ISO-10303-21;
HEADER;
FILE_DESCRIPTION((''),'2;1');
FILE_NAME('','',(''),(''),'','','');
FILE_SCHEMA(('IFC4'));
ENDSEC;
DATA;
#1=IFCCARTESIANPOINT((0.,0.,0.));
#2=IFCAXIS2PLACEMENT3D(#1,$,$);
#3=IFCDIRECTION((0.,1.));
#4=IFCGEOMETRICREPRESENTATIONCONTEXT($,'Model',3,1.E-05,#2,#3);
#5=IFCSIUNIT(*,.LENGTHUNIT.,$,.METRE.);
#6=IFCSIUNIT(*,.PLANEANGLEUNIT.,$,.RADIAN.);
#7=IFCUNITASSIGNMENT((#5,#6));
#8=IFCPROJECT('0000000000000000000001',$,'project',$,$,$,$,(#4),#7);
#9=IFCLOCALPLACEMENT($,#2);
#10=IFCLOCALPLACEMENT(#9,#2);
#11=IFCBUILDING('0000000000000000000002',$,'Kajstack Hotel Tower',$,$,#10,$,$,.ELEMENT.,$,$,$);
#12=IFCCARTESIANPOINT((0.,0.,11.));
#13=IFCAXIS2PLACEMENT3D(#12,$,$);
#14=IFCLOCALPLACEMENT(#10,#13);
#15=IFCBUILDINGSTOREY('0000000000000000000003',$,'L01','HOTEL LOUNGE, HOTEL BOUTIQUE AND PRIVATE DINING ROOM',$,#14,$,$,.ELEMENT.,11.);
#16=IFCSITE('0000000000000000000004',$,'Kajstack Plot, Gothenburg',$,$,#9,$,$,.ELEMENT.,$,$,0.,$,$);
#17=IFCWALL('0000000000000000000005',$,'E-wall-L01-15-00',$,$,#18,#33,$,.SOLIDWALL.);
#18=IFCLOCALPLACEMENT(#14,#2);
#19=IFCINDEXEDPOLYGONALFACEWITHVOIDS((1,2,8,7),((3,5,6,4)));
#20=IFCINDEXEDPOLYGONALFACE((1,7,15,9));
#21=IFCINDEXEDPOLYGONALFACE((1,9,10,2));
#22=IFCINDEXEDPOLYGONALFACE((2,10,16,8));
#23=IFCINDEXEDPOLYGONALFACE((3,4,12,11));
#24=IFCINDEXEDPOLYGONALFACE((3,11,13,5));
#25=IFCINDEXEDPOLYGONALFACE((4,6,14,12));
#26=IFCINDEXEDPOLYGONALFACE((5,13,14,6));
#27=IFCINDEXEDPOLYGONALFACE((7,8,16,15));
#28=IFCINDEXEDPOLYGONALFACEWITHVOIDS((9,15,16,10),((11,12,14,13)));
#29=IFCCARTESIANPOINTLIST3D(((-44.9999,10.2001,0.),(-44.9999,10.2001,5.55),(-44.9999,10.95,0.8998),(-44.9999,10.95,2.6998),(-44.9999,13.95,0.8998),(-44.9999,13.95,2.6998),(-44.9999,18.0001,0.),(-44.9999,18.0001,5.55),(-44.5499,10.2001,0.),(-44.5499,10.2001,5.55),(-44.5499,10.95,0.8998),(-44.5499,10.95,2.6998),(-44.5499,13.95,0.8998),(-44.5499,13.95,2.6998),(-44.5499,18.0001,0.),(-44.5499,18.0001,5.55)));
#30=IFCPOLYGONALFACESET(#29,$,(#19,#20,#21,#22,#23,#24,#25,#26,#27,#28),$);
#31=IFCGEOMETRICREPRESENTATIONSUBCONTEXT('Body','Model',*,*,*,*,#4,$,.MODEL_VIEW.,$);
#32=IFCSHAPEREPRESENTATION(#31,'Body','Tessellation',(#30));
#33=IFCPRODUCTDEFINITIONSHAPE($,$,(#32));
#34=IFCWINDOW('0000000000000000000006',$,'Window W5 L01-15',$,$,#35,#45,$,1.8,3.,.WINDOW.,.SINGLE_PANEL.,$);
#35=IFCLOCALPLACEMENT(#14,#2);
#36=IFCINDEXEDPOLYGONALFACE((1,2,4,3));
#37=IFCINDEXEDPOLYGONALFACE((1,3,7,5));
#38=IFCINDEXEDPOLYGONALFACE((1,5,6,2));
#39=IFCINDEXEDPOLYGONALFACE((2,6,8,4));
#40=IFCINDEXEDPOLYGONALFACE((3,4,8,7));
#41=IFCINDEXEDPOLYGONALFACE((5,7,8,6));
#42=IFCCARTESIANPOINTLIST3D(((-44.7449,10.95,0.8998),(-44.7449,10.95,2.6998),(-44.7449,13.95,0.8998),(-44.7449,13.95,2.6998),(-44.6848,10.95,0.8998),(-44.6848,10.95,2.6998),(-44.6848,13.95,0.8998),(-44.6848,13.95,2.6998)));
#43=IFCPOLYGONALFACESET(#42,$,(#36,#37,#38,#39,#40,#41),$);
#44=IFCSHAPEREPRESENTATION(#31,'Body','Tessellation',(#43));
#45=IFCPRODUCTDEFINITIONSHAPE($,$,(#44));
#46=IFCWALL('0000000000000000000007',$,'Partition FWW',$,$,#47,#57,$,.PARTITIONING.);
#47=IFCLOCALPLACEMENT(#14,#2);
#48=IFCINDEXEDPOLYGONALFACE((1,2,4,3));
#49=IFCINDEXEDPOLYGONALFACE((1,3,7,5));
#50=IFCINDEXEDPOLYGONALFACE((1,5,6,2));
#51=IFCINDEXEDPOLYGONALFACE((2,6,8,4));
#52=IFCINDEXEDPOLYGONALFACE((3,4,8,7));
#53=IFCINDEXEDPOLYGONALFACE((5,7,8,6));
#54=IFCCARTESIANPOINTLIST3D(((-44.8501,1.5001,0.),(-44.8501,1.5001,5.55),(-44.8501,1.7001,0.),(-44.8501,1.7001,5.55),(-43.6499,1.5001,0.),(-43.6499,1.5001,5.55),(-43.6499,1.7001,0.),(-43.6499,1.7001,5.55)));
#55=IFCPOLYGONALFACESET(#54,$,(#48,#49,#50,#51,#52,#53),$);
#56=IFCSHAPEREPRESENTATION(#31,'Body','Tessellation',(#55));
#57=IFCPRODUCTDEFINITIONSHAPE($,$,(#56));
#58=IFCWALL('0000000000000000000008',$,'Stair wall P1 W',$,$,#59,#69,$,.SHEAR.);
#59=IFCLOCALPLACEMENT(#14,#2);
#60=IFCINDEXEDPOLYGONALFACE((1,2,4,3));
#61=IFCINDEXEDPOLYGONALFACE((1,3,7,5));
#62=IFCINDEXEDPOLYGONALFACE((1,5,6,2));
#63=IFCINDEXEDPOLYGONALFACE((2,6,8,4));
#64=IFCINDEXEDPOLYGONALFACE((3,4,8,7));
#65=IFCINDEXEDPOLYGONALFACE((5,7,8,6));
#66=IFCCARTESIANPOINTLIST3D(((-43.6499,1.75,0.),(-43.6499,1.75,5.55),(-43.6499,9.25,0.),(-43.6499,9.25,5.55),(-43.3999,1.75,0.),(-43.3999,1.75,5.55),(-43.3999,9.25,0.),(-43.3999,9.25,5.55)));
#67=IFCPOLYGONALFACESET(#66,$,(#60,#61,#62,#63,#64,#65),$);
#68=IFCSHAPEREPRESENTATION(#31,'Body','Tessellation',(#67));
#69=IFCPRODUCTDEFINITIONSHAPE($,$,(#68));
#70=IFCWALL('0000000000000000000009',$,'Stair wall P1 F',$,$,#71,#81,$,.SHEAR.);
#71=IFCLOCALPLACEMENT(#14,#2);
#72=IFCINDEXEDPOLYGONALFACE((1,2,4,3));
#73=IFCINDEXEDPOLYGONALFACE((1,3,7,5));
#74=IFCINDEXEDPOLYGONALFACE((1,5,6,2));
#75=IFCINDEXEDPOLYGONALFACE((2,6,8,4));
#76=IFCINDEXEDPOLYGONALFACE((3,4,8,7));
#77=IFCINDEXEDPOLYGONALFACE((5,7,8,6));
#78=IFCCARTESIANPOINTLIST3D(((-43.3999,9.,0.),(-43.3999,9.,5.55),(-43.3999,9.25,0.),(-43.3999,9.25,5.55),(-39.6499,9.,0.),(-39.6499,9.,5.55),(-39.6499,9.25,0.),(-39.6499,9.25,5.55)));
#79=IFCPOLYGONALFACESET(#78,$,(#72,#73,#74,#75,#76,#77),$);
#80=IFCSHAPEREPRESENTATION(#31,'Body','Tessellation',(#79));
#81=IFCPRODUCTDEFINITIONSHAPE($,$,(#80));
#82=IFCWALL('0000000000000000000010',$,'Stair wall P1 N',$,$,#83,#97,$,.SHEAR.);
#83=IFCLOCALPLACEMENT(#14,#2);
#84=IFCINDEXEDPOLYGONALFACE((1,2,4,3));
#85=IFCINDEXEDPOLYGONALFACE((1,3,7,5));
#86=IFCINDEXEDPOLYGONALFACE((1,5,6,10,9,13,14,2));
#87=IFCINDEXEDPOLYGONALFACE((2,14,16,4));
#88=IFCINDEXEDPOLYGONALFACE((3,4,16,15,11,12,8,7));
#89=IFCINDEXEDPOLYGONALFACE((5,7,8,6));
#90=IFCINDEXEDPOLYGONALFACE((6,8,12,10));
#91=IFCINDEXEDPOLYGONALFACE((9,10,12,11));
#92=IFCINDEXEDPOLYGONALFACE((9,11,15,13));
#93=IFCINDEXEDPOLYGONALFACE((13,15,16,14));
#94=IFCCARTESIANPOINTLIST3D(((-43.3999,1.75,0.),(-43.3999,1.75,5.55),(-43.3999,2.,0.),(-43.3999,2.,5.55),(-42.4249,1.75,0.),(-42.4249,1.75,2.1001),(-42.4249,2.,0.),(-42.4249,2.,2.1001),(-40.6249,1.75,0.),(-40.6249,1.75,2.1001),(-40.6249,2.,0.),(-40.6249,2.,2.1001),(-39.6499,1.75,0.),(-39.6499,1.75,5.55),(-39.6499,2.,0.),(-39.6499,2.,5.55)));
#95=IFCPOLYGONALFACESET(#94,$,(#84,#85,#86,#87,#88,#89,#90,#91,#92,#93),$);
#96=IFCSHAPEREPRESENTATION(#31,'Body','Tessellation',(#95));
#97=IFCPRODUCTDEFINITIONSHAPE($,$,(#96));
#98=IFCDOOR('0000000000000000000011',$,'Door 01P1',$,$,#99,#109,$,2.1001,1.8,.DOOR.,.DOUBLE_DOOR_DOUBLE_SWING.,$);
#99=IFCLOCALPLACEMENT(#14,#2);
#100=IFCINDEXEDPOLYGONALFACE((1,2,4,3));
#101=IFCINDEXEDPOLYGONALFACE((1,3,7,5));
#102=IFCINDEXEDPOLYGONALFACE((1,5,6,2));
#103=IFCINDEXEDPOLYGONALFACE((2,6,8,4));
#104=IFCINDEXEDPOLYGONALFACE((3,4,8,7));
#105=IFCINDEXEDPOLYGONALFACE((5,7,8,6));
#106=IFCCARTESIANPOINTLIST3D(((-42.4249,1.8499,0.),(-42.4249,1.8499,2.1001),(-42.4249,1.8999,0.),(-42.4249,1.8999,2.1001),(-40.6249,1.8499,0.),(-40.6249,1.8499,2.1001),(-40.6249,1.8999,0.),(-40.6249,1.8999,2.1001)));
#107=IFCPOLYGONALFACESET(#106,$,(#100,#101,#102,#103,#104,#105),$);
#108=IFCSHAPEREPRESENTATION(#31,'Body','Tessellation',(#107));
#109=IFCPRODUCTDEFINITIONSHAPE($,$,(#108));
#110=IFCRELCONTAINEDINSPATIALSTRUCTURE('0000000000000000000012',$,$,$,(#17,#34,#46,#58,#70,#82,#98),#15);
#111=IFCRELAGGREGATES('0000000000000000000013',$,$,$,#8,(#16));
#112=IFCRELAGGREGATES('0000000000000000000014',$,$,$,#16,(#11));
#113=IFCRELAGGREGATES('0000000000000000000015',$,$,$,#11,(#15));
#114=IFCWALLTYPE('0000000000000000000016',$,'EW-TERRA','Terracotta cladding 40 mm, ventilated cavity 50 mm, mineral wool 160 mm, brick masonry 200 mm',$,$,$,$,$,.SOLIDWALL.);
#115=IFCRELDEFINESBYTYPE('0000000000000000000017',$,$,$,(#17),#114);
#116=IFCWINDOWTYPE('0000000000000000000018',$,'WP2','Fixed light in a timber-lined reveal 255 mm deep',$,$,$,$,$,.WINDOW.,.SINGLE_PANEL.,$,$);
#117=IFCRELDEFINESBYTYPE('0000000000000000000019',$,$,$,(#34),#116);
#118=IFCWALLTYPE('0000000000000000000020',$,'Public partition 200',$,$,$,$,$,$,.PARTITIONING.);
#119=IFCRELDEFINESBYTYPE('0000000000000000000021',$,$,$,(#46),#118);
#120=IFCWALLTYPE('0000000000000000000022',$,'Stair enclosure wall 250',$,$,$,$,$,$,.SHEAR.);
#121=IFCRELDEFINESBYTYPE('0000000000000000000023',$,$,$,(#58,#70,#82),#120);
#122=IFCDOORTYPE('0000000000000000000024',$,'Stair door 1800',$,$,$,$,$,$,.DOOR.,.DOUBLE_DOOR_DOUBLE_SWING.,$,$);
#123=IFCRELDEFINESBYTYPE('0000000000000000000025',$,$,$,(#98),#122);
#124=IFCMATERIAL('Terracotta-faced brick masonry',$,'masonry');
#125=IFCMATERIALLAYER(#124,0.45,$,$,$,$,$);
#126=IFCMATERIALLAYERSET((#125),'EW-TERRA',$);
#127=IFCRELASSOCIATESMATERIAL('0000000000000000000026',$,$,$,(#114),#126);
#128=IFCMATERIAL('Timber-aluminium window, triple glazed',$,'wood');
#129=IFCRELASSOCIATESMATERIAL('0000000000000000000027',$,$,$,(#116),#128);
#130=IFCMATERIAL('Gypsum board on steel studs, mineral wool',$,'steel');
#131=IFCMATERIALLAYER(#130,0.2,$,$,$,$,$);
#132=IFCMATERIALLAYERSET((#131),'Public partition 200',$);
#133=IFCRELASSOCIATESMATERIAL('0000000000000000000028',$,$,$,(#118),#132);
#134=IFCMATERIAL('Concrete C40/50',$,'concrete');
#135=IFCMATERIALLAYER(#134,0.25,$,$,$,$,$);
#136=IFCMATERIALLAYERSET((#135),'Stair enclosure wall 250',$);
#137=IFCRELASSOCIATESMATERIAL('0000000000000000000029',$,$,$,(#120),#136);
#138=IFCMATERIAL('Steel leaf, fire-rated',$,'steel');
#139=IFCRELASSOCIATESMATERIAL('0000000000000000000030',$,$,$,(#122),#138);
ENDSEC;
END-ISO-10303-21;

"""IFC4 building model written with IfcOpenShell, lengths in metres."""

from ifc_helpers import new_model, si_unit, direction, frame, frame_2d, origin, place, context, subcontext, project, spatial, rectangle, extrude, material, layer, layer_set, type_object, element, fill, save


model = new_model("IFC4")

# Units and contexts
model_context = context("Model", 3, precision=1e-05, world=origin(), true_north=direction((0.0, 1.0)))
body_context = subcontext(model_context, "Body", "Model", "MODEL_VIEW")
ifc_project = project(units=[si_unit("LENGTHUNIT", "METRE"), si_unit("PLANEANGLEUNIT", "RADIAN")], contexts=[model_context])

# Site, building, storey
site_placement = place(None, origin())
site = spatial("IfcSite", under=ifc_project, at=site_placement, Name="Kajstack Plot, Gothenburg", CompositionType="ELEMENT", RefElevation=0.0)
building_placement = place(site_placement, origin())
building = spatial("IfcBuilding", under=site, at=building_placement, Name="Kajstack Hotel Tower", CompositionType="ELEMENT")
storey_placement = place(building_placement, frame((0.0, 0.0, 11.0)))
storey = spatial("IfcBuildingStorey", under=building, at=storey_placement, Name="L01", Description="HOTEL LOUNGE, HOTEL BOUTIQUE AND PRIVATE DINING ROOM", CompositionType="ELEMENT", Elevation=11.0)

# Shared definitions
ifc_material_1 = material(Name="Terracotta-faced brick masonry", Category="masonry")
ifc_layer_1 = layer(ifc_material_1, 0.45)
ifc_layer_set_1 = layer_set([ifc_layer_1], Name="EW-TERRA")
wall_type_1 = type_object("IfcWallType", Name="EW-TERRA", Description="Terracotta cladding 40 mm, ventilated cavity 50 mm, mineral wool 160 mm, brick masonry 200 mm", PredefinedType="SOLIDWALL", material=ifc_layer_set_1)

# Wall, opening, window
wall_1_placement = place(storey_placement, frame((-44.7749, 18.0, 0.0), z_axis=(0.0, 0.0, 1.0), x_axis=(0.0, -1.0, 0.0)))
wall_1 = element("IfcWall", 1, at=wall_1_placement, inside=storey, type_object=wall_type_1, Name="E-wall-L01-15-00", PredefinedType="SOLIDWALL", context=body_context, shape_type="SweptSolid", body=[
    extrude(rectangle(XDim=7.8, YDim=0.45, at=frame_2d((3.8999, 0.0))), origin(), (0.0, 0.0, 1.0), 5.55),
])
opening_1_placement = place(wall_1_placement, frame((4.05, 0.0, 0.8999)))
opening_1 = element("IfcOpeningElement", 2, at=opening_1_placement, cuts=wall_1, PredefinedType="OPENING", context=body_context, shape_type="SweptSolid", body=[
    extrude(rectangle(XDim=3.0, YDim=1.8, at=frame_2d((1.5, 0.8999))), frame((0.0, 0.2349, 0.0), z_axis=(0.0, -1.0, 0.0), x_axis=(1.0, 0.0, 0.0)), (0.0, 0.0, 1.0), 0.47),
])
ifc_material_2 = material(Name="Timber-aluminium window, triple glazed", Category="wood")
window_type = type_object("IfcWindowType", Name="WP2", Description="Fixed light in a timber-lined reveal 255 mm deep", PartitioningType="SINGLE_PANEL", PredefinedType="WINDOW", material=ifc_material_2)
window_placement = place(opening_1_placement, origin())
window = element("IfcWindow", 3, at=window_placement, inside=storey, type_object=window_type, Name="Window W5 L01-15", OverallHeight=1.8, OverallWidth=3.0, PartitioningType="SINGLE_PANEL", PredefinedType="WINDOW", context=body_context, shape_type="SweptSolid", body=[
    extrude(rectangle(XDim=3.0, YDim=1.8, at=frame_2d((1.5, 0.8999))), frame((0.0, 0.0901, 0.0), z_axis=(0.0, -1.0, 0.0), x_axis=(1.0, 0.0, 0.0)), (0.0, 0.0, 1.0), 0.0601),
])
fill(opening_1, window)

# Walls
ifc_material_3 = material(Name="Gypsum board on steel studs, mineral wool", Category="steel")
ifc_layer_2 = layer(ifc_material_3, 0.2)
ifc_layer_set_2 = layer_set([ifc_layer_2], Name="Public partition 200")
wall_type_2 = type_object("IfcWallType", Name="Public partition 200", PredefinedType="PARTITIONING", material=ifc_layer_set_2)
wall_2_placement = place(storey_placement, frame((-44.8501, 1.6001, 0.0), z_axis=(0.0, 0.0, 1.0), x_axis=(1.0, 0.0, 0.0)))
element("IfcWall", 4, at=wall_2_placement, inside=storey, type_object=wall_type_2, Name="Partition FWW", PredefinedType="PARTITIONING", context=body_context, shape_type="SweptSolid", body=[
    extrude(rectangle(XDim=1.2002, YDim=0.2, at=frame_2d((0.6001, 0.0))), origin(), (0.0, 0.0, 1.0), 5.55),
])
ifc_material_4 = material(Name="Concrete C40/50", Category="concrete")
ifc_layer_3 = layer(ifc_material_4, 0.25)
ifc_layer_set_3 = layer_set([ifc_layer_3], Name="Stair enclosure wall 250")
wall_type_3 = type_object("IfcWallType", Name="Stair enclosure wall 250", PredefinedType="SHEAR", material=ifc_layer_set_3)
wall_3_placement = place(storey_placement, frame((-43.5249, 1.75, 0.0), z_axis=(0.0, 0.0, 1.0), x_axis=(0.0, 1.0, 0.0)))
element("IfcWall", 5, at=wall_3_placement, inside=storey, type_object=wall_type_3, Name="Stair wall P1 W", PredefinedType="SHEAR", context=body_context, shape_type="SweptSolid", body=[
    extrude(rectangle(XDim=7.5, YDim=0.25, at=frame_2d((3.75, 0.0))), origin(), (0.0, 0.0, 1.0), 5.55),
])
wall_4_placement = place(storey_placement, frame((-43.3999, 9.125, 0.0), z_axis=(0.0, 0.0, 1.0), x_axis=(1.0, 0.0, 0.0)))
element("IfcWall", 6, at=wall_4_placement, inside=storey, type_object=wall_type_3, Name="Stair wall P1 F", PredefinedType="SHEAR", context=body_context, shape_type="SweptSolid", body=[
    extrude(rectangle(XDim=3.75, YDim=0.25, at=frame_2d((1.875, 0.0))), origin(), (0.0, 0.0, 1.0), 5.55),
])

# Wall, opening, door
wall_5_placement = place(storey_placement, frame((-43.3999, 1.875, 0.0), z_axis=(0.0, 0.0, 1.0), x_axis=(1.0, 0.0, 0.0)))
wall_5 = element("IfcWall", 7, at=wall_5_placement, inside=storey, type_object=wall_type_3, Name="Stair wall P1 N", PredefinedType="SHEAR", context=body_context, shape_type="SweptSolid", body=[
    extrude(rectangle(XDim=3.75, YDim=0.25, at=frame_2d((1.875, 0.0))), origin(), (0.0, 0.0, 1.0), 5.55),
])
opening_2_placement = place(wall_5_placement, frame((0.9751, 0.0, 0.0)))
opening_2 = element("IfcOpeningElement", 8, at=opening_2_placement, cuts=wall_5, PredefinedType="OPENING", context=body_context, shape_type="SweptSolid", body=[
    extrude(rectangle(XDim=1.8, YDim=2.1001, at=frame_2d((0.8999, 1.05))), frame((0.0, 0.135, 0.0), z_axis=(0.0, -1.0, 0.0), x_axis=(1.0, 0.0, 0.0)), (0.0, 0.0, 1.0), 0.27),
])
ifc_material_5 = material(Name="Steel leaf, fire-rated", Category="steel")
door_type = type_object("IfcDoorType", Name="Stair door 1800", OperationType="DOUBLE_DOOR_DOUBLE_SWING", PredefinedType="DOOR", material=ifc_material_5)
door_placement = place(opening_2_placement, origin())
door = element("IfcDoor", 9, at=door_placement, inside=storey, type_object=door_type, Name="Door 01P1", OperationType="DOUBLE_DOOR_DOUBLE_SWING", OverallHeight=2.1001, OverallWidth=1.8, PredefinedType="DOOR", context=body_context, shape_type="SweptSolid", body=[
    extrude(rectangle(XDim=1.8, YDim=2.1001, at=frame_2d((0.8999, 1.05))), frame((0.0, 0.0249, 0.0), z_axis=(0.0, -1.0, 0.0), x_axis=(1.0, 0.0, 0.0)), (0.0, 0.0, 1.0), 0.05),
])
fill(opening_2, door)

save(model, "model.ifc")
